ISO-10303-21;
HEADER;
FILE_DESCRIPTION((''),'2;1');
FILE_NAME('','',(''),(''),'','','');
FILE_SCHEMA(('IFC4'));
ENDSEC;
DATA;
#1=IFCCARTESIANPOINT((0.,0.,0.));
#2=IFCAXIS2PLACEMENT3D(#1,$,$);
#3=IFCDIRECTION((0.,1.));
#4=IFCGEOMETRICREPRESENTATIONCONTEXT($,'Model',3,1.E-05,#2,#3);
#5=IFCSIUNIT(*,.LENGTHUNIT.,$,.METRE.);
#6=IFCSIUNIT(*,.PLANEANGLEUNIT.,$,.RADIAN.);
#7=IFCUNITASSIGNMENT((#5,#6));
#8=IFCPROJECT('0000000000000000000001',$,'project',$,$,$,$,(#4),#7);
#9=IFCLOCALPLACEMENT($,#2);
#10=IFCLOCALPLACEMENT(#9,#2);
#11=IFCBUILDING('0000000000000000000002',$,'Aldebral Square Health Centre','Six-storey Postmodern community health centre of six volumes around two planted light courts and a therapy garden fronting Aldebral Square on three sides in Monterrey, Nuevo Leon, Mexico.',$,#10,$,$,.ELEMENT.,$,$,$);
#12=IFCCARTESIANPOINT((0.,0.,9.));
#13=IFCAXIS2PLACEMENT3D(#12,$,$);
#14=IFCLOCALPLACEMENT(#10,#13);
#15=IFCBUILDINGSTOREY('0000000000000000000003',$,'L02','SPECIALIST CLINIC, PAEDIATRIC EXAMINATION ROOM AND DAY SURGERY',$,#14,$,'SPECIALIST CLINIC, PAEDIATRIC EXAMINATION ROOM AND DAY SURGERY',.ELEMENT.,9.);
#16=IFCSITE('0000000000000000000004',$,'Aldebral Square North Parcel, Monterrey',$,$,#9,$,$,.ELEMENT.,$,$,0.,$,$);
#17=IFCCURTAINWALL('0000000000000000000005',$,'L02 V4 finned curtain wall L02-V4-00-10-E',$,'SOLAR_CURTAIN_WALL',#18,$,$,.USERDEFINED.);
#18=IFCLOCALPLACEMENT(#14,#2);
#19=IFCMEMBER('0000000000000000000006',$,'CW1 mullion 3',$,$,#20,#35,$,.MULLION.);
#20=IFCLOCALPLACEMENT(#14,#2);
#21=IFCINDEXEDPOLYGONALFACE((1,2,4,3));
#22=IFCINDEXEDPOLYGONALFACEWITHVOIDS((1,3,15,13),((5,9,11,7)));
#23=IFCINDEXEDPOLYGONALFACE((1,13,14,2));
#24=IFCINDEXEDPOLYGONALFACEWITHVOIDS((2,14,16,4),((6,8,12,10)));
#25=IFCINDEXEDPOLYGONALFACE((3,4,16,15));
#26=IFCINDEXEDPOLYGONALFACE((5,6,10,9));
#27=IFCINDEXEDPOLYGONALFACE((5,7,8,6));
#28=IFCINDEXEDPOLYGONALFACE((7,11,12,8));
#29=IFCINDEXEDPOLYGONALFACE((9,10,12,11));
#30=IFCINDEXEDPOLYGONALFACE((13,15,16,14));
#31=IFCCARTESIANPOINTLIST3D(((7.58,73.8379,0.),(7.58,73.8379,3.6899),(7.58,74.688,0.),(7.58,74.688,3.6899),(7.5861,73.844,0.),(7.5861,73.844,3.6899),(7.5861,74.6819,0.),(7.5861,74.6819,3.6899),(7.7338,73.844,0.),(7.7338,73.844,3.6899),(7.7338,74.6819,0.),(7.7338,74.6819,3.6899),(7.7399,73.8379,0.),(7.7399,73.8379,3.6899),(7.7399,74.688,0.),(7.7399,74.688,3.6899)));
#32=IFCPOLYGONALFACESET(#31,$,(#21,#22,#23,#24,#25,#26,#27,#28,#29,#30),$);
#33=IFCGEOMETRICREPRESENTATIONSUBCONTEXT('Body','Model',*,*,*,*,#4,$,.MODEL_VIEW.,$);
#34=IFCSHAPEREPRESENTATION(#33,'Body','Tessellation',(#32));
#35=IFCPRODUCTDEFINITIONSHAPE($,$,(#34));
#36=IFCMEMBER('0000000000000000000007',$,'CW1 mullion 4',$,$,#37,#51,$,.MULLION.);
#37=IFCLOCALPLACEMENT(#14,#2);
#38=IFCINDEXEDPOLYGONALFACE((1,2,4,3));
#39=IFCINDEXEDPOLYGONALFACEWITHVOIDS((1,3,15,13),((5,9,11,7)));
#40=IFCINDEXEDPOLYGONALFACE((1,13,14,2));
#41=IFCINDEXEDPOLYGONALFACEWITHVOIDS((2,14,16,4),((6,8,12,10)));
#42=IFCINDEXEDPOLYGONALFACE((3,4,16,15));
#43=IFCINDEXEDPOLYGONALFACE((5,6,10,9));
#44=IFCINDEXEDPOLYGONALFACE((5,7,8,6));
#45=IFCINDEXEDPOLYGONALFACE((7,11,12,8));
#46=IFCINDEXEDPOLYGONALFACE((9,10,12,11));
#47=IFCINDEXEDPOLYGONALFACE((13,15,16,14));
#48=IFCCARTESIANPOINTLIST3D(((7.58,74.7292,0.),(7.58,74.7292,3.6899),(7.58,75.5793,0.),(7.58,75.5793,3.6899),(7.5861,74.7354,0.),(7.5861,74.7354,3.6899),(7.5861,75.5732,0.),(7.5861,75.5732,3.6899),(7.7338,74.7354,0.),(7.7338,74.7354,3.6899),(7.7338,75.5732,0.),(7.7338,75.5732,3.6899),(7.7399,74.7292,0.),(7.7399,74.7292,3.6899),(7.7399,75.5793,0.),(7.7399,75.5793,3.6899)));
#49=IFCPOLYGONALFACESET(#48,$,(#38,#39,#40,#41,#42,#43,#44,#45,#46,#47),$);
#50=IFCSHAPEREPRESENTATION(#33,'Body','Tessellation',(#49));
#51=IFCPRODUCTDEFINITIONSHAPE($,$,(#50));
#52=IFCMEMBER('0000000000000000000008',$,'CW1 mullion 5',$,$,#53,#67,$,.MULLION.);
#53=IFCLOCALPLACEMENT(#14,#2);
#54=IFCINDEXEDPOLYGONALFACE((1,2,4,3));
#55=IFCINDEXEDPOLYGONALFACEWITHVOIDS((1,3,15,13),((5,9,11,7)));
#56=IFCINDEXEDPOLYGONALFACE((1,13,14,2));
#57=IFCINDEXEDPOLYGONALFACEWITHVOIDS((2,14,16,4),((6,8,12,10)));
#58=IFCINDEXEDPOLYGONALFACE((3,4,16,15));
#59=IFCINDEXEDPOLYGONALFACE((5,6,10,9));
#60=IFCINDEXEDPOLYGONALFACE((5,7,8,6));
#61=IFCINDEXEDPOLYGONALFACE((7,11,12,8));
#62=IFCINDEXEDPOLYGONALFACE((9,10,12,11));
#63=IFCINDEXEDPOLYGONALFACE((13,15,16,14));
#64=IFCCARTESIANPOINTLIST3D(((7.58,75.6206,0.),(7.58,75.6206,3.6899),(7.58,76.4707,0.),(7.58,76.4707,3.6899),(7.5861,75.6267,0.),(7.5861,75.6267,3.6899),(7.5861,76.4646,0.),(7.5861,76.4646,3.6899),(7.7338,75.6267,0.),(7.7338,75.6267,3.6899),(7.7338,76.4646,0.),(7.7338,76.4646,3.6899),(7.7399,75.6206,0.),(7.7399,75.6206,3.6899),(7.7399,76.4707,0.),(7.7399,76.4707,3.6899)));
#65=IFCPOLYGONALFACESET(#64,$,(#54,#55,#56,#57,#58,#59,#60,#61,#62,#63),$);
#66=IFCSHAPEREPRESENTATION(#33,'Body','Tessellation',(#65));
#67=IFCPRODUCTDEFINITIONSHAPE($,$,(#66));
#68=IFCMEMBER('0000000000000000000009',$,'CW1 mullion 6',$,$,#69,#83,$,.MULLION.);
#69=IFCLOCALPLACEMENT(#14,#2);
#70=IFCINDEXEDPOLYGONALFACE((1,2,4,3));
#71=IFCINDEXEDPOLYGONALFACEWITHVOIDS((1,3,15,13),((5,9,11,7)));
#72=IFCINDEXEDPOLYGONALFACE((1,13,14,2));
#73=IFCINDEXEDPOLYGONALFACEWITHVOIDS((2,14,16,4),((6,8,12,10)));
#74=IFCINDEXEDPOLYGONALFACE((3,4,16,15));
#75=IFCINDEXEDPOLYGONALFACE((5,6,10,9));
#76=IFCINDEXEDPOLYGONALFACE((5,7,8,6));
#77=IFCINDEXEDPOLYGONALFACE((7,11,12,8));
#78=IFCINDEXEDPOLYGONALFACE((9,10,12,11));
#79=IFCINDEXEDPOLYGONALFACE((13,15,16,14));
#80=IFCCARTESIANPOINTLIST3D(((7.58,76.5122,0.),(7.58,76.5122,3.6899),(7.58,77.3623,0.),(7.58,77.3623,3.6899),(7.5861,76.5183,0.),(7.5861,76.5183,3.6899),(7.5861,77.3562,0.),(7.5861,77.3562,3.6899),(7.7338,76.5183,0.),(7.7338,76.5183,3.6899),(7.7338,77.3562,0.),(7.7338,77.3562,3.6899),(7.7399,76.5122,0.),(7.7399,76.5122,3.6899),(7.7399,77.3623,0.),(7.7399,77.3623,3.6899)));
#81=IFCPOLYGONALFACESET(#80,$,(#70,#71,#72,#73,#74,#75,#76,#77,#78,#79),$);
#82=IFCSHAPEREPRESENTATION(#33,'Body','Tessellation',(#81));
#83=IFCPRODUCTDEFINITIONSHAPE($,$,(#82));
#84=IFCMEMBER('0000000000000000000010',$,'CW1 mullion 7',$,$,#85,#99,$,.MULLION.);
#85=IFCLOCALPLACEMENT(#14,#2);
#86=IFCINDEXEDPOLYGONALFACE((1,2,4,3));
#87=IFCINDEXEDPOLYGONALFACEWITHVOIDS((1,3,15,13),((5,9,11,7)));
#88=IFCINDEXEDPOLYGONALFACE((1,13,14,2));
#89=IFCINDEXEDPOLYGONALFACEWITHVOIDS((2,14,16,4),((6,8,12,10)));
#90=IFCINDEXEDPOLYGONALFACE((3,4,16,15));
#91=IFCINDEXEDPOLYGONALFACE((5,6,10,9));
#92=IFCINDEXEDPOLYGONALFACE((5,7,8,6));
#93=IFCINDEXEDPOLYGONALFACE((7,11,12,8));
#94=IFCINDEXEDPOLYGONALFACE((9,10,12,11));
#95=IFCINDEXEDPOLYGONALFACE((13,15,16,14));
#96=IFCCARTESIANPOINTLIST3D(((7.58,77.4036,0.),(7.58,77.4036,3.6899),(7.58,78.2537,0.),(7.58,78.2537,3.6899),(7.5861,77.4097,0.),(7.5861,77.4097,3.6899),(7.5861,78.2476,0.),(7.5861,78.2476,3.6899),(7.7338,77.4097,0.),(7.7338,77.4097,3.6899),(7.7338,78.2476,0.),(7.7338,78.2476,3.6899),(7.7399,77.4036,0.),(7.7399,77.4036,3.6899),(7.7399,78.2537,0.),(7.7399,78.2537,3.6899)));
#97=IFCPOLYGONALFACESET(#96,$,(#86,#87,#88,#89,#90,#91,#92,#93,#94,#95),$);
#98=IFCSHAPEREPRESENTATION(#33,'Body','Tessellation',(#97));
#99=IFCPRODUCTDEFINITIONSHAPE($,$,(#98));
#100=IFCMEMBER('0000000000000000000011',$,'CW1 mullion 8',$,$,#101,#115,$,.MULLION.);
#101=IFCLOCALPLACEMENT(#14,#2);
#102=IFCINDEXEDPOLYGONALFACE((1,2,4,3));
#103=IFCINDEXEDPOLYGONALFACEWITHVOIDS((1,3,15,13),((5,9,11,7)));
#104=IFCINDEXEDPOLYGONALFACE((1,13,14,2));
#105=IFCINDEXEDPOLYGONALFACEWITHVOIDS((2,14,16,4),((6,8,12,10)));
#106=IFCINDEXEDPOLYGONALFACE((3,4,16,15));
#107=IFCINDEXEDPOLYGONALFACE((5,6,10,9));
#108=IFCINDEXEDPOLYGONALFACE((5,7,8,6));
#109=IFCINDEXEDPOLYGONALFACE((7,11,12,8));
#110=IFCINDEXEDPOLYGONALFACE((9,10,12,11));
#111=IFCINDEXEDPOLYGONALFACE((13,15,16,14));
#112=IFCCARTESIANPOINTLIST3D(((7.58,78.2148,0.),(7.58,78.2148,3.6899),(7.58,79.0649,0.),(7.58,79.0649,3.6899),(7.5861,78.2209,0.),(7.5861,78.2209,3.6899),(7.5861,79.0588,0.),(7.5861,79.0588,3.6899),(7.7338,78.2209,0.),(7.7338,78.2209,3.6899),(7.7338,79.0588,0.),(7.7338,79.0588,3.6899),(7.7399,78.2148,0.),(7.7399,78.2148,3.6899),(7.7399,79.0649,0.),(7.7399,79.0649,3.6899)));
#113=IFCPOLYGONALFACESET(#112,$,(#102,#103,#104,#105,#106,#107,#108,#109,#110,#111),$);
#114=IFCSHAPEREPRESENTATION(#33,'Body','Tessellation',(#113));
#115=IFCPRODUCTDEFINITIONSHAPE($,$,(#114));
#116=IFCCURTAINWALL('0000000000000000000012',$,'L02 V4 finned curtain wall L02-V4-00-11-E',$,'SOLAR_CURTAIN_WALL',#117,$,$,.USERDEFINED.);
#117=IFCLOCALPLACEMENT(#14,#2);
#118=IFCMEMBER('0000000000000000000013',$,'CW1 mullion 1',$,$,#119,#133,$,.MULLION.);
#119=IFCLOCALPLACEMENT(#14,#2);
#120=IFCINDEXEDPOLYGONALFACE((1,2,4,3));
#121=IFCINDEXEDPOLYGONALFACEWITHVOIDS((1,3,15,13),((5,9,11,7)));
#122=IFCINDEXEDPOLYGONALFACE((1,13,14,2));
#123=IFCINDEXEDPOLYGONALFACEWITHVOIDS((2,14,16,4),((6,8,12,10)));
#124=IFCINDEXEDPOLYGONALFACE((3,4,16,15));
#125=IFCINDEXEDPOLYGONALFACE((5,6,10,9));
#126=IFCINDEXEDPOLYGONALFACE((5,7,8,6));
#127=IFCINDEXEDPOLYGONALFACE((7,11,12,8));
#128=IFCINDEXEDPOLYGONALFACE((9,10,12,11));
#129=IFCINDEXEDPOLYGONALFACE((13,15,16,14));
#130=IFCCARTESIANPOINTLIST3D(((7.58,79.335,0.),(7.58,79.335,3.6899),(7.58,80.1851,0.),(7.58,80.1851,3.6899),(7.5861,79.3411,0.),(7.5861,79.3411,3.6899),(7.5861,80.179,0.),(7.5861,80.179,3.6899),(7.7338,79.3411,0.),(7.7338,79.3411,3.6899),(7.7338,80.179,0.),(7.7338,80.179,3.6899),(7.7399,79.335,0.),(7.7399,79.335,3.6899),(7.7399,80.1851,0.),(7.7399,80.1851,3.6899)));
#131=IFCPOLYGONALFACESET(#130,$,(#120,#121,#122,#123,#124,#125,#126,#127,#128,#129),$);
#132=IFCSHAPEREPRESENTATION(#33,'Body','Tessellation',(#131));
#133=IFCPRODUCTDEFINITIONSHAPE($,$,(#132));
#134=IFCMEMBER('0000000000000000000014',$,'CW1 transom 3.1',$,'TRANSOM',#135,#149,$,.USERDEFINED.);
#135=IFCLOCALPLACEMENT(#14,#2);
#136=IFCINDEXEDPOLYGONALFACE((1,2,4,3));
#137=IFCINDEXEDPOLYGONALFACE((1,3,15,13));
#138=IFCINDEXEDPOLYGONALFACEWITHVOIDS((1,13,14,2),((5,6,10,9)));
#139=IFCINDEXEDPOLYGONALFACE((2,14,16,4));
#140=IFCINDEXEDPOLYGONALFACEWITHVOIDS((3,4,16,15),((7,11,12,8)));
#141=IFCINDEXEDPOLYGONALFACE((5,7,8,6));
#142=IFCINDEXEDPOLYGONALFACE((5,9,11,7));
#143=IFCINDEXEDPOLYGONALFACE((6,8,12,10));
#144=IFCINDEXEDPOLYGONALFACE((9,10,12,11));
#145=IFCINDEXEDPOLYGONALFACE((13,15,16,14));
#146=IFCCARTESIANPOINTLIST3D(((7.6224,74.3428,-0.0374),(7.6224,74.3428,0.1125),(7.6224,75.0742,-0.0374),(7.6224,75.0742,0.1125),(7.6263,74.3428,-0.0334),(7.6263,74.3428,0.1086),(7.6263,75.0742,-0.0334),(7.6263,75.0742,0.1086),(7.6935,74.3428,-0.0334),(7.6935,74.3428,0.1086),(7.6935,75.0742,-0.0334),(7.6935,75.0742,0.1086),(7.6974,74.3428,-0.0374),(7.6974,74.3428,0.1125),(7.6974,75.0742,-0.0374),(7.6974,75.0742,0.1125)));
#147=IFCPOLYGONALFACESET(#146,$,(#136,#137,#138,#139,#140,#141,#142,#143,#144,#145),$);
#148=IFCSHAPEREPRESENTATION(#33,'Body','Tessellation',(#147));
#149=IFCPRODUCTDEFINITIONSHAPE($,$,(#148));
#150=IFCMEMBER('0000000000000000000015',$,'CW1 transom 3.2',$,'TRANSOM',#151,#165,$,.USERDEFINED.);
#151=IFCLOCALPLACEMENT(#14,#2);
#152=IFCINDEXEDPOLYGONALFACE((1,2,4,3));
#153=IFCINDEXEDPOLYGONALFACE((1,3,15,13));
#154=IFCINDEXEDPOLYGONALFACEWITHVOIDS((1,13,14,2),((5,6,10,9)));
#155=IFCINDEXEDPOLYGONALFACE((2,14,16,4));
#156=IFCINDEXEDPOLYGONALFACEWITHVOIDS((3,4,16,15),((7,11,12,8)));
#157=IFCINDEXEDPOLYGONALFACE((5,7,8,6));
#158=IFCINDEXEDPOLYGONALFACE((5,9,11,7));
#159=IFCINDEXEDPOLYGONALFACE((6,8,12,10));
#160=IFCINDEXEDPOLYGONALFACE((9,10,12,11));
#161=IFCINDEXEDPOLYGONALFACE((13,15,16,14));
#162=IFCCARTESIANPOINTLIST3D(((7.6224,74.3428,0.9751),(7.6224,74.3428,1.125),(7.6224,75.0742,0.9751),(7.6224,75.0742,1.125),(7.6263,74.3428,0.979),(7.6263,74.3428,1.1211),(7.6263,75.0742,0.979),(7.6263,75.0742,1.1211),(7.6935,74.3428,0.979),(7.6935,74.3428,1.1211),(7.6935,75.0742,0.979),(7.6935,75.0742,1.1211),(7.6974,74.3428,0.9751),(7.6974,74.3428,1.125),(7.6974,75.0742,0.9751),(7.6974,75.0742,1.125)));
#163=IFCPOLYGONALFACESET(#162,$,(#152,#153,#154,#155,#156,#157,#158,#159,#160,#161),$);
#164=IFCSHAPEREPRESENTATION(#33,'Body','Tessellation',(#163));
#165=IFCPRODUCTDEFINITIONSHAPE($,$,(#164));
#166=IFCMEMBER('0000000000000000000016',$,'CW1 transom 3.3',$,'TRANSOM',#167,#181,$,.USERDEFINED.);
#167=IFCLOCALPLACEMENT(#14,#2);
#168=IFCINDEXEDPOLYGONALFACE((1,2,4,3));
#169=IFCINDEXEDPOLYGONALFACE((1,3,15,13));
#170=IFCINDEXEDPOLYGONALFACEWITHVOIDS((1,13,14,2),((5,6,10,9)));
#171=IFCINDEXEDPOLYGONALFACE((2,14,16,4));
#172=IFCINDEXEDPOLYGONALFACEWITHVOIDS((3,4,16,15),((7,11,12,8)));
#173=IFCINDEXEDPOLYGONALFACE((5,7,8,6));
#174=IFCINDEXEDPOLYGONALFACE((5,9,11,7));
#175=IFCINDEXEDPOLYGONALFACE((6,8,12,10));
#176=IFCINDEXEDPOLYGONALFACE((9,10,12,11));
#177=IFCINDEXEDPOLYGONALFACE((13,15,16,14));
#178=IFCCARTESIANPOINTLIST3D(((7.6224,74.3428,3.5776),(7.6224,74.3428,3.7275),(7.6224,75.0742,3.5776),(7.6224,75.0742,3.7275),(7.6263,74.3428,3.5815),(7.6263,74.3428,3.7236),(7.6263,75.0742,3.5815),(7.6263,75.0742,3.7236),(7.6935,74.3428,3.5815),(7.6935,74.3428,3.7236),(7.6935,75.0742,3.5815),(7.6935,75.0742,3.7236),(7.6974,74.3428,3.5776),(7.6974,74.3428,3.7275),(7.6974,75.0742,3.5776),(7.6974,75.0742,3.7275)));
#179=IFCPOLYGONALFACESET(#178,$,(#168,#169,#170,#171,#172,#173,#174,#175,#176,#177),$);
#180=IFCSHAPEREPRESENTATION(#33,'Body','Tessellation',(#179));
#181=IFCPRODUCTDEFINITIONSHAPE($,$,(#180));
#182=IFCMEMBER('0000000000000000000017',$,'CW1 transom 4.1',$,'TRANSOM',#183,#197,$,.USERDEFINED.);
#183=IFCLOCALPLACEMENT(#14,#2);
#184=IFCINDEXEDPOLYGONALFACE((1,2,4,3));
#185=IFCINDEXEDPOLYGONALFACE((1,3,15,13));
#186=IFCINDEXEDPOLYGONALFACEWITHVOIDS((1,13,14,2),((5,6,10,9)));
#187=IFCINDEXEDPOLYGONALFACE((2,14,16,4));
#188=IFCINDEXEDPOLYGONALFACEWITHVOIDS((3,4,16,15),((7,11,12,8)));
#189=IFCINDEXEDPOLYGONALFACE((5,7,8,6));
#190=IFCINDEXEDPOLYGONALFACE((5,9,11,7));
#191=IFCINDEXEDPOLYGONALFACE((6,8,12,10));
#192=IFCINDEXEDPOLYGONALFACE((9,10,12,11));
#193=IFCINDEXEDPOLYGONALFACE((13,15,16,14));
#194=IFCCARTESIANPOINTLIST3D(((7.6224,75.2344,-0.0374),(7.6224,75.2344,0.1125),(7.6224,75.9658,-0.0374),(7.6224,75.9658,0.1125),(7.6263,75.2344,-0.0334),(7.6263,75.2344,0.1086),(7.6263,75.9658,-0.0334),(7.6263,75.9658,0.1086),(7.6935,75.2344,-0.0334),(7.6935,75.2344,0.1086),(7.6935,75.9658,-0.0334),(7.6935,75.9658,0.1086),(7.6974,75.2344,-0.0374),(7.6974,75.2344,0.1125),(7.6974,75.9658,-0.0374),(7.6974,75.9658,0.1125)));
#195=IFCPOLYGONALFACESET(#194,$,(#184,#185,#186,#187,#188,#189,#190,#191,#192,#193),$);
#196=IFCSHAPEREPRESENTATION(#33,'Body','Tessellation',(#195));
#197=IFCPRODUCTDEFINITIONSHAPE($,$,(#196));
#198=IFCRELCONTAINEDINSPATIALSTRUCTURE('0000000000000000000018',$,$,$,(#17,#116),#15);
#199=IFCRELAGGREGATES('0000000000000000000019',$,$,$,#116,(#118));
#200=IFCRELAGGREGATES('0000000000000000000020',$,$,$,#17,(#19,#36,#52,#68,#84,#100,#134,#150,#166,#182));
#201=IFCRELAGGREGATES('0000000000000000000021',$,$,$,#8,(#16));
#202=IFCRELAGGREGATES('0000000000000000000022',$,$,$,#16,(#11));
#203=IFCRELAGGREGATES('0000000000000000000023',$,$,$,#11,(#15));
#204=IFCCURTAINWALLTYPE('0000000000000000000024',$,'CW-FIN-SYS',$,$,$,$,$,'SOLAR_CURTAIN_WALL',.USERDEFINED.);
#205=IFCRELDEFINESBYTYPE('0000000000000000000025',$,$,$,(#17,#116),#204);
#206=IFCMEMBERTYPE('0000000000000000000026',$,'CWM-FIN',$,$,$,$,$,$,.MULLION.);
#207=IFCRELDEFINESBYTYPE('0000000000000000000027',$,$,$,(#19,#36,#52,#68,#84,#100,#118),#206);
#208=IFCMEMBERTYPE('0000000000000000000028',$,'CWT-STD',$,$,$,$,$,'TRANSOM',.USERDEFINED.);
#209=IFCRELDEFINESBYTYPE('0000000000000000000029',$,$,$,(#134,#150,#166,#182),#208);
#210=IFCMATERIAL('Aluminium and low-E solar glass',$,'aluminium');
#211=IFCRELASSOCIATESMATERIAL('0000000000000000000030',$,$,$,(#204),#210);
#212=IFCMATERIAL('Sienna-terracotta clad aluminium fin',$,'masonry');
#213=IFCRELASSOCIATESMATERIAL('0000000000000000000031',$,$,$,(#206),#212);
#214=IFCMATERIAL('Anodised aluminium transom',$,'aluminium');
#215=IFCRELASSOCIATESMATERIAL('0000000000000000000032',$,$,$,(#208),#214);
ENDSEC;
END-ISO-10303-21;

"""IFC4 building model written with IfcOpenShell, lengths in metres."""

from ifc_helpers import new_model, si_unit, direction, frame, origin, origin_2d, place, context, subcontext, project, spatial, hollow_rectangle, extrude, material, material_profile, profile_set, type_object, element, aggregate, save


model = new_model("IFC4")

# Units and contexts
model_context = context("Model", 3, precision=1e-05, world=origin(), true_north=direction((0.0, 1.0)))
body_context = subcontext(model_context, "Body", "Model", "MODEL_VIEW")
ifc_project = project(units=[si_unit("LENGTHUNIT", "METRE"), si_unit("PLANEANGLEUNIT", "RADIAN")], contexts=[model_context])

# Site, building, storey
site_placement = place(None, origin())
site = spatial("IfcSite", under=ifc_project, at=site_placement, Name="Aldebral Square North Parcel, Monterrey", CompositionType="ELEMENT", RefElevation=0.0)
building_placement = place(site_placement, origin())
building = spatial("IfcBuilding", under=site, at=building_placement, Name="Aldebral Square Health Centre", Description="Six-storey Postmodern community health centre of six volumes around two planted light courts and a therapy garden fronting Aldebral Square on three sides in Monterrey, Nuevo Leon, Mexico.", CompositionType="ELEMENT")
storey_placement = place(building_placement, frame((0.0, 0.0, 9.0)))
storey = spatial("IfcBuildingStorey", under=building, at=storey_placement, Name="L02", Description="SPECIALIST CLINIC, PAEDIATRIC EXAMINATION ROOM AND DAY SURGERY", LongName="SPECIALIST CLINIC, PAEDIATRIC EXAMINATION ROOM AND DAY SURGERY", CompositionType="ELEMENT", Elevation=9.0)

# Curtain wall, members
ifc_material_1 = material(Name="Aluminium and low-E solar glass", Category="aluminium")
curtain_wall_type = type_object("IfcCurtainWallType", Name="CW-FIN-SYS", ElementType="SOLAR_CURTAIN_WALL", PredefinedType="USERDEFINED", material=ifc_material_1)
curtain_wall_1_placement = place(storey_placement, origin())
curtain_wall_1 = element("IfcCurtainWall", 1, at=curtain_wall_1_placement, inside=storey, type_object=curtain_wall_type, Name="L02 V4 finned curtain wall L02-V4-00-10-E", ObjectType="SOLAR_CURTAIN_WALL", PredefinedType="USERDEFINED")
ifc_material_2 = material(Name="Sienna-terracotta clad aluminium fin", Category="masonry")
ifc_material_profile_1 = material_profile(ifc_material_2, hollow_rectangle(XDim=0.1599, YDim=0.8501, WallThickness=0.0061, at=origin_2d()), Name="FIN 160x850x6")
ifc_profile_set_1 = profile_set([ifc_material_profile_1], Name="Sienna-terracotta clad aluminium fin")
member_type_1 = type_object("IfcMemberType", Name="CWM-FIN", PredefinedType="MULLION", material=ifc_profile_set_1)
member_1_placement = place(storey_placement, frame((7.6599, 74.2629, 0.0), z_axis=(0.0, 0.0, 1.0), x_axis=(-1.0, 0.0, 0.0)))
member_1 = element("IfcMember", 2, at=member_1_placement, type_object=member_type_1, Name="CW1 mullion 3", PredefinedType="MULLION", context=body_context, shape_type="SweptSolid", body=[
    extrude(hollow_rectangle(XDim=0.1599, YDim=0.8501, WallThickness=0.0061, at=origin_2d()), origin(), (0.0, 0.0, 1.0), 3.6899),
])
member_2_placement = place(storey_placement, frame((7.6599, 75.1543, 0.0), z_axis=(0.0, 0.0, 1.0), x_axis=(-1.0, 0.0, 0.0)))
member_2 = element("IfcMember", 3, at=member_2_placement, type_object=member_type_1, Name="CW1 mullion 4", PredefinedType="MULLION", context=body_context, shape_type="SweptSolid", body=[
    extrude(hollow_rectangle(XDim=0.1599, YDim=0.8501, WallThickness=0.0061, at=origin_2d()), origin(), (0.0, 0.0, 1.0), 3.6899),
])
member_3_placement = place(storey_placement, frame((7.6599, 76.0457, 0.0), z_axis=(0.0, 0.0, 1.0), x_axis=(-1.0, 0.0, 0.0)))
member_3 = element("IfcMember", 4, at=member_3_placement, type_object=member_type_1, Name="CW1 mullion 5", PredefinedType="MULLION", context=body_context, shape_type="SweptSolid", body=[
    extrude(hollow_rectangle(XDim=0.1599, YDim=0.8501, WallThickness=0.0061, at=origin_2d()), origin(), (0.0, 0.0, 1.0), 3.6899),
])
member_4_placement = place(storey_placement, frame((7.6599, 76.9373, 0.0), z_axis=(0.0, 0.0, 1.0), x_axis=(-1.0, 0.0, 0.0)))
member_4 = element("IfcMember", 5, at=member_4_placement, type_object=member_type_1, Name="CW1 mullion 6", PredefinedType="MULLION", context=body_context, shape_type="SweptSolid", body=[
    extrude(hollow_rectangle(XDim=0.1599, YDim=0.8501, WallThickness=0.0061, at=origin_2d()), origin(), (0.0, 0.0, 1.0), 3.6899),
])
member_5_placement = place(storey_placement, frame((7.6599, 77.8286, 0.0), z_axis=(0.0, 0.0, 1.0), x_axis=(-1.0, 0.0, 0.0)))
member_5 = element("IfcMember", 6, at=member_5_placement, type_object=member_type_1, Name="CW1 mullion 7", PredefinedType="MULLION", context=body_context, shape_type="SweptSolid", body=[
    extrude(hollow_rectangle(XDim=0.1599, YDim=0.8501, WallThickness=0.0061, at=origin_2d()), origin(), (0.0, 0.0, 1.0), 3.6899),
])
member_6_placement = place(storey_placement, frame((7.6599, 78.6399, 0.0), z_axis=(0.0, 0.0, 1.0), x_axis=(-1.0, 0.0, 0.0)))
member_6 = element("IfcMember", 7, at=member_6_placement, type_object=member_type_1, Name="CW1 mullion 8", PredefinedType="MULLION", context=body_context, shape_type="SweptSolid", body=[
    extrude(hollow_rectangle(XDim=0.1599, YDim=0.8501, WallThickness=0.0061, at=origin_2d()), origin(), (0.0, 0.0, 1.0), 3.6899),
])

# Curtain wall, member
curtain_wall_2_placement = place(storey_placement, origin())
curtain_wall_2 = element("IfcCurtainWall", 8, at=curtain_wall_2_placement, inside=storey, type_object=curtain_wall_type, Name="L02 V4 finned curtain wall L02-V4-00-11-E", ObjectType="SOLAR_CURTAIN_WALL", PredefinedType="USERDEFINED")
member_7_placement = place(storey_placement, frame((7.6599, 79.76, 0.0), z_axis=(0.0, 0.0, 1.0), x_axis=(-1.0, 0.0, 0.0)))
member_7 = element("IfcMember", 9, at=member_7_placement, type_object=member_type_1, Name="CW1 mullion 1", PredefinedType="MULLION", context=body_context, shape_type="SweptSolid", body=[
    extrude(hollow_rectangle(XDim=0.1599, YDim=0.8501, WallThickness=0.0061, at=origin_2d()), origin(), (0.0, 0.0, 1.0), 3.6899),
])

# Members
ifc_material_3 = material(Name="Anodised aluminium transom", Category="aluminium")
ifc_material_profile_2 = material_profile(ifc_material_3, hollow_rectangle(XDim=0.075, YDim=0.1499, WallThickness=0.0039, at=origin_2d()), Name="CWT 75x150x4")
ifc_profile_set_2 = profile_set([ifc_material_profile_2], Name="Anodised aluminium transom")
member_type_2 = type_object("IfcMemberType", Name="CWT-STD", ElementType="TRANSOM", PredefinedType="USERDEFINED", material=ifc_profile_set_2)
member_8_placement = place(storey_placement, frame((7.6599, 74.3428, 0.0376), z_axis=(0.0, 1.0, 0.0), x_axis=(-1.0, 0.0, 0.0)))
member_8 = element("IfcMember", 10, at=member_8_placement, type_object=member_type_2, Name="CW1 transom 3.1", ObjectType="TRANSOM", PredefinedType="USERDEFINED", context=body_context, shape_type="SweptSolid", body=[
    extrude(hollow_rectangle(XDim=0.075, YDim=0.1499, WallThickness=0.0039, at=origin_2d()), origin(), (0.0, 0.0, 1.0), 0.7314),
])
member_9_placement = place(storey_placement, frame((7.6599, 74.3428, 1.05), z_axis=(0.0, 1.0, 0.0), x_axis=(-1.0, 0.0, 0.0)))
member_9 = element("IfcMember", 11, at=member_9_placement, type_object=member_type_2, Name="CW1 transom 3.2", ObjectType="TRANSOM", PredefinedType="USERDEFINED", context=body_context, shape_type="SweptSolid", body=[
    extrude(hollow_rectangle(XDim=0.075, YDim=0.1499, WallThickness=0.0039, at=origin_2d()), origin(), (0.0, 0.0, 1.0), 0.7314),
])
member_10_placement = place(storey_placement, frame((7.6599, 74.3428, 3.6526), z_axis=(0.0, 1.0, 0.0), x_axis=(-1.0, 0.0, 0.0)))
member_10 = element("IfcMember", 12, at=member_10_placement, type_object=member_type_2, Name="CW1 transom 3.3", ObjectType="TRANSOM", PredefinedType="USERDEFINED", context=body_context, shape_type="SweptSolid", body=[
    extrude(hollow_rectangle(XDim=0.075, YDim=0.1499, WallThickness=0.0039, at=origin_2d()), origin(), (0.0, 0.0, 1.0), 0.7314),
])
member_11_placement = place(storey_placement, frame((7.6599, 75.2344, 0.0376), z_axis=(0.0, 1.0, 0.0), x_axis=(-1.0, 0.0, 0.0)))
member_11 = element("IfcMember", 13, at=member_11_placement, type_object=member_type_2, Name="CW1 transom 4.1", ObjectType="TRANSOM", PredefinedType="USERDEFINED", context=body_context, shape_type="SweptSolid", body=[
    extrude(hollow_rectangle(XDim=0.075, YDim=0.1499, WallThickness=0.0039, at=origin_2d()), origin(), (0.0, 0.0, 1.0), 0.7314),
])
aggregate(curtain_wall_2, [member_7])

aggregate(curtain_wall_1, [member_1, member_2, member_3, member_4, member_5, member_6, member_8, member_9, member_10, member_11])

save(model, "model.ifc")
